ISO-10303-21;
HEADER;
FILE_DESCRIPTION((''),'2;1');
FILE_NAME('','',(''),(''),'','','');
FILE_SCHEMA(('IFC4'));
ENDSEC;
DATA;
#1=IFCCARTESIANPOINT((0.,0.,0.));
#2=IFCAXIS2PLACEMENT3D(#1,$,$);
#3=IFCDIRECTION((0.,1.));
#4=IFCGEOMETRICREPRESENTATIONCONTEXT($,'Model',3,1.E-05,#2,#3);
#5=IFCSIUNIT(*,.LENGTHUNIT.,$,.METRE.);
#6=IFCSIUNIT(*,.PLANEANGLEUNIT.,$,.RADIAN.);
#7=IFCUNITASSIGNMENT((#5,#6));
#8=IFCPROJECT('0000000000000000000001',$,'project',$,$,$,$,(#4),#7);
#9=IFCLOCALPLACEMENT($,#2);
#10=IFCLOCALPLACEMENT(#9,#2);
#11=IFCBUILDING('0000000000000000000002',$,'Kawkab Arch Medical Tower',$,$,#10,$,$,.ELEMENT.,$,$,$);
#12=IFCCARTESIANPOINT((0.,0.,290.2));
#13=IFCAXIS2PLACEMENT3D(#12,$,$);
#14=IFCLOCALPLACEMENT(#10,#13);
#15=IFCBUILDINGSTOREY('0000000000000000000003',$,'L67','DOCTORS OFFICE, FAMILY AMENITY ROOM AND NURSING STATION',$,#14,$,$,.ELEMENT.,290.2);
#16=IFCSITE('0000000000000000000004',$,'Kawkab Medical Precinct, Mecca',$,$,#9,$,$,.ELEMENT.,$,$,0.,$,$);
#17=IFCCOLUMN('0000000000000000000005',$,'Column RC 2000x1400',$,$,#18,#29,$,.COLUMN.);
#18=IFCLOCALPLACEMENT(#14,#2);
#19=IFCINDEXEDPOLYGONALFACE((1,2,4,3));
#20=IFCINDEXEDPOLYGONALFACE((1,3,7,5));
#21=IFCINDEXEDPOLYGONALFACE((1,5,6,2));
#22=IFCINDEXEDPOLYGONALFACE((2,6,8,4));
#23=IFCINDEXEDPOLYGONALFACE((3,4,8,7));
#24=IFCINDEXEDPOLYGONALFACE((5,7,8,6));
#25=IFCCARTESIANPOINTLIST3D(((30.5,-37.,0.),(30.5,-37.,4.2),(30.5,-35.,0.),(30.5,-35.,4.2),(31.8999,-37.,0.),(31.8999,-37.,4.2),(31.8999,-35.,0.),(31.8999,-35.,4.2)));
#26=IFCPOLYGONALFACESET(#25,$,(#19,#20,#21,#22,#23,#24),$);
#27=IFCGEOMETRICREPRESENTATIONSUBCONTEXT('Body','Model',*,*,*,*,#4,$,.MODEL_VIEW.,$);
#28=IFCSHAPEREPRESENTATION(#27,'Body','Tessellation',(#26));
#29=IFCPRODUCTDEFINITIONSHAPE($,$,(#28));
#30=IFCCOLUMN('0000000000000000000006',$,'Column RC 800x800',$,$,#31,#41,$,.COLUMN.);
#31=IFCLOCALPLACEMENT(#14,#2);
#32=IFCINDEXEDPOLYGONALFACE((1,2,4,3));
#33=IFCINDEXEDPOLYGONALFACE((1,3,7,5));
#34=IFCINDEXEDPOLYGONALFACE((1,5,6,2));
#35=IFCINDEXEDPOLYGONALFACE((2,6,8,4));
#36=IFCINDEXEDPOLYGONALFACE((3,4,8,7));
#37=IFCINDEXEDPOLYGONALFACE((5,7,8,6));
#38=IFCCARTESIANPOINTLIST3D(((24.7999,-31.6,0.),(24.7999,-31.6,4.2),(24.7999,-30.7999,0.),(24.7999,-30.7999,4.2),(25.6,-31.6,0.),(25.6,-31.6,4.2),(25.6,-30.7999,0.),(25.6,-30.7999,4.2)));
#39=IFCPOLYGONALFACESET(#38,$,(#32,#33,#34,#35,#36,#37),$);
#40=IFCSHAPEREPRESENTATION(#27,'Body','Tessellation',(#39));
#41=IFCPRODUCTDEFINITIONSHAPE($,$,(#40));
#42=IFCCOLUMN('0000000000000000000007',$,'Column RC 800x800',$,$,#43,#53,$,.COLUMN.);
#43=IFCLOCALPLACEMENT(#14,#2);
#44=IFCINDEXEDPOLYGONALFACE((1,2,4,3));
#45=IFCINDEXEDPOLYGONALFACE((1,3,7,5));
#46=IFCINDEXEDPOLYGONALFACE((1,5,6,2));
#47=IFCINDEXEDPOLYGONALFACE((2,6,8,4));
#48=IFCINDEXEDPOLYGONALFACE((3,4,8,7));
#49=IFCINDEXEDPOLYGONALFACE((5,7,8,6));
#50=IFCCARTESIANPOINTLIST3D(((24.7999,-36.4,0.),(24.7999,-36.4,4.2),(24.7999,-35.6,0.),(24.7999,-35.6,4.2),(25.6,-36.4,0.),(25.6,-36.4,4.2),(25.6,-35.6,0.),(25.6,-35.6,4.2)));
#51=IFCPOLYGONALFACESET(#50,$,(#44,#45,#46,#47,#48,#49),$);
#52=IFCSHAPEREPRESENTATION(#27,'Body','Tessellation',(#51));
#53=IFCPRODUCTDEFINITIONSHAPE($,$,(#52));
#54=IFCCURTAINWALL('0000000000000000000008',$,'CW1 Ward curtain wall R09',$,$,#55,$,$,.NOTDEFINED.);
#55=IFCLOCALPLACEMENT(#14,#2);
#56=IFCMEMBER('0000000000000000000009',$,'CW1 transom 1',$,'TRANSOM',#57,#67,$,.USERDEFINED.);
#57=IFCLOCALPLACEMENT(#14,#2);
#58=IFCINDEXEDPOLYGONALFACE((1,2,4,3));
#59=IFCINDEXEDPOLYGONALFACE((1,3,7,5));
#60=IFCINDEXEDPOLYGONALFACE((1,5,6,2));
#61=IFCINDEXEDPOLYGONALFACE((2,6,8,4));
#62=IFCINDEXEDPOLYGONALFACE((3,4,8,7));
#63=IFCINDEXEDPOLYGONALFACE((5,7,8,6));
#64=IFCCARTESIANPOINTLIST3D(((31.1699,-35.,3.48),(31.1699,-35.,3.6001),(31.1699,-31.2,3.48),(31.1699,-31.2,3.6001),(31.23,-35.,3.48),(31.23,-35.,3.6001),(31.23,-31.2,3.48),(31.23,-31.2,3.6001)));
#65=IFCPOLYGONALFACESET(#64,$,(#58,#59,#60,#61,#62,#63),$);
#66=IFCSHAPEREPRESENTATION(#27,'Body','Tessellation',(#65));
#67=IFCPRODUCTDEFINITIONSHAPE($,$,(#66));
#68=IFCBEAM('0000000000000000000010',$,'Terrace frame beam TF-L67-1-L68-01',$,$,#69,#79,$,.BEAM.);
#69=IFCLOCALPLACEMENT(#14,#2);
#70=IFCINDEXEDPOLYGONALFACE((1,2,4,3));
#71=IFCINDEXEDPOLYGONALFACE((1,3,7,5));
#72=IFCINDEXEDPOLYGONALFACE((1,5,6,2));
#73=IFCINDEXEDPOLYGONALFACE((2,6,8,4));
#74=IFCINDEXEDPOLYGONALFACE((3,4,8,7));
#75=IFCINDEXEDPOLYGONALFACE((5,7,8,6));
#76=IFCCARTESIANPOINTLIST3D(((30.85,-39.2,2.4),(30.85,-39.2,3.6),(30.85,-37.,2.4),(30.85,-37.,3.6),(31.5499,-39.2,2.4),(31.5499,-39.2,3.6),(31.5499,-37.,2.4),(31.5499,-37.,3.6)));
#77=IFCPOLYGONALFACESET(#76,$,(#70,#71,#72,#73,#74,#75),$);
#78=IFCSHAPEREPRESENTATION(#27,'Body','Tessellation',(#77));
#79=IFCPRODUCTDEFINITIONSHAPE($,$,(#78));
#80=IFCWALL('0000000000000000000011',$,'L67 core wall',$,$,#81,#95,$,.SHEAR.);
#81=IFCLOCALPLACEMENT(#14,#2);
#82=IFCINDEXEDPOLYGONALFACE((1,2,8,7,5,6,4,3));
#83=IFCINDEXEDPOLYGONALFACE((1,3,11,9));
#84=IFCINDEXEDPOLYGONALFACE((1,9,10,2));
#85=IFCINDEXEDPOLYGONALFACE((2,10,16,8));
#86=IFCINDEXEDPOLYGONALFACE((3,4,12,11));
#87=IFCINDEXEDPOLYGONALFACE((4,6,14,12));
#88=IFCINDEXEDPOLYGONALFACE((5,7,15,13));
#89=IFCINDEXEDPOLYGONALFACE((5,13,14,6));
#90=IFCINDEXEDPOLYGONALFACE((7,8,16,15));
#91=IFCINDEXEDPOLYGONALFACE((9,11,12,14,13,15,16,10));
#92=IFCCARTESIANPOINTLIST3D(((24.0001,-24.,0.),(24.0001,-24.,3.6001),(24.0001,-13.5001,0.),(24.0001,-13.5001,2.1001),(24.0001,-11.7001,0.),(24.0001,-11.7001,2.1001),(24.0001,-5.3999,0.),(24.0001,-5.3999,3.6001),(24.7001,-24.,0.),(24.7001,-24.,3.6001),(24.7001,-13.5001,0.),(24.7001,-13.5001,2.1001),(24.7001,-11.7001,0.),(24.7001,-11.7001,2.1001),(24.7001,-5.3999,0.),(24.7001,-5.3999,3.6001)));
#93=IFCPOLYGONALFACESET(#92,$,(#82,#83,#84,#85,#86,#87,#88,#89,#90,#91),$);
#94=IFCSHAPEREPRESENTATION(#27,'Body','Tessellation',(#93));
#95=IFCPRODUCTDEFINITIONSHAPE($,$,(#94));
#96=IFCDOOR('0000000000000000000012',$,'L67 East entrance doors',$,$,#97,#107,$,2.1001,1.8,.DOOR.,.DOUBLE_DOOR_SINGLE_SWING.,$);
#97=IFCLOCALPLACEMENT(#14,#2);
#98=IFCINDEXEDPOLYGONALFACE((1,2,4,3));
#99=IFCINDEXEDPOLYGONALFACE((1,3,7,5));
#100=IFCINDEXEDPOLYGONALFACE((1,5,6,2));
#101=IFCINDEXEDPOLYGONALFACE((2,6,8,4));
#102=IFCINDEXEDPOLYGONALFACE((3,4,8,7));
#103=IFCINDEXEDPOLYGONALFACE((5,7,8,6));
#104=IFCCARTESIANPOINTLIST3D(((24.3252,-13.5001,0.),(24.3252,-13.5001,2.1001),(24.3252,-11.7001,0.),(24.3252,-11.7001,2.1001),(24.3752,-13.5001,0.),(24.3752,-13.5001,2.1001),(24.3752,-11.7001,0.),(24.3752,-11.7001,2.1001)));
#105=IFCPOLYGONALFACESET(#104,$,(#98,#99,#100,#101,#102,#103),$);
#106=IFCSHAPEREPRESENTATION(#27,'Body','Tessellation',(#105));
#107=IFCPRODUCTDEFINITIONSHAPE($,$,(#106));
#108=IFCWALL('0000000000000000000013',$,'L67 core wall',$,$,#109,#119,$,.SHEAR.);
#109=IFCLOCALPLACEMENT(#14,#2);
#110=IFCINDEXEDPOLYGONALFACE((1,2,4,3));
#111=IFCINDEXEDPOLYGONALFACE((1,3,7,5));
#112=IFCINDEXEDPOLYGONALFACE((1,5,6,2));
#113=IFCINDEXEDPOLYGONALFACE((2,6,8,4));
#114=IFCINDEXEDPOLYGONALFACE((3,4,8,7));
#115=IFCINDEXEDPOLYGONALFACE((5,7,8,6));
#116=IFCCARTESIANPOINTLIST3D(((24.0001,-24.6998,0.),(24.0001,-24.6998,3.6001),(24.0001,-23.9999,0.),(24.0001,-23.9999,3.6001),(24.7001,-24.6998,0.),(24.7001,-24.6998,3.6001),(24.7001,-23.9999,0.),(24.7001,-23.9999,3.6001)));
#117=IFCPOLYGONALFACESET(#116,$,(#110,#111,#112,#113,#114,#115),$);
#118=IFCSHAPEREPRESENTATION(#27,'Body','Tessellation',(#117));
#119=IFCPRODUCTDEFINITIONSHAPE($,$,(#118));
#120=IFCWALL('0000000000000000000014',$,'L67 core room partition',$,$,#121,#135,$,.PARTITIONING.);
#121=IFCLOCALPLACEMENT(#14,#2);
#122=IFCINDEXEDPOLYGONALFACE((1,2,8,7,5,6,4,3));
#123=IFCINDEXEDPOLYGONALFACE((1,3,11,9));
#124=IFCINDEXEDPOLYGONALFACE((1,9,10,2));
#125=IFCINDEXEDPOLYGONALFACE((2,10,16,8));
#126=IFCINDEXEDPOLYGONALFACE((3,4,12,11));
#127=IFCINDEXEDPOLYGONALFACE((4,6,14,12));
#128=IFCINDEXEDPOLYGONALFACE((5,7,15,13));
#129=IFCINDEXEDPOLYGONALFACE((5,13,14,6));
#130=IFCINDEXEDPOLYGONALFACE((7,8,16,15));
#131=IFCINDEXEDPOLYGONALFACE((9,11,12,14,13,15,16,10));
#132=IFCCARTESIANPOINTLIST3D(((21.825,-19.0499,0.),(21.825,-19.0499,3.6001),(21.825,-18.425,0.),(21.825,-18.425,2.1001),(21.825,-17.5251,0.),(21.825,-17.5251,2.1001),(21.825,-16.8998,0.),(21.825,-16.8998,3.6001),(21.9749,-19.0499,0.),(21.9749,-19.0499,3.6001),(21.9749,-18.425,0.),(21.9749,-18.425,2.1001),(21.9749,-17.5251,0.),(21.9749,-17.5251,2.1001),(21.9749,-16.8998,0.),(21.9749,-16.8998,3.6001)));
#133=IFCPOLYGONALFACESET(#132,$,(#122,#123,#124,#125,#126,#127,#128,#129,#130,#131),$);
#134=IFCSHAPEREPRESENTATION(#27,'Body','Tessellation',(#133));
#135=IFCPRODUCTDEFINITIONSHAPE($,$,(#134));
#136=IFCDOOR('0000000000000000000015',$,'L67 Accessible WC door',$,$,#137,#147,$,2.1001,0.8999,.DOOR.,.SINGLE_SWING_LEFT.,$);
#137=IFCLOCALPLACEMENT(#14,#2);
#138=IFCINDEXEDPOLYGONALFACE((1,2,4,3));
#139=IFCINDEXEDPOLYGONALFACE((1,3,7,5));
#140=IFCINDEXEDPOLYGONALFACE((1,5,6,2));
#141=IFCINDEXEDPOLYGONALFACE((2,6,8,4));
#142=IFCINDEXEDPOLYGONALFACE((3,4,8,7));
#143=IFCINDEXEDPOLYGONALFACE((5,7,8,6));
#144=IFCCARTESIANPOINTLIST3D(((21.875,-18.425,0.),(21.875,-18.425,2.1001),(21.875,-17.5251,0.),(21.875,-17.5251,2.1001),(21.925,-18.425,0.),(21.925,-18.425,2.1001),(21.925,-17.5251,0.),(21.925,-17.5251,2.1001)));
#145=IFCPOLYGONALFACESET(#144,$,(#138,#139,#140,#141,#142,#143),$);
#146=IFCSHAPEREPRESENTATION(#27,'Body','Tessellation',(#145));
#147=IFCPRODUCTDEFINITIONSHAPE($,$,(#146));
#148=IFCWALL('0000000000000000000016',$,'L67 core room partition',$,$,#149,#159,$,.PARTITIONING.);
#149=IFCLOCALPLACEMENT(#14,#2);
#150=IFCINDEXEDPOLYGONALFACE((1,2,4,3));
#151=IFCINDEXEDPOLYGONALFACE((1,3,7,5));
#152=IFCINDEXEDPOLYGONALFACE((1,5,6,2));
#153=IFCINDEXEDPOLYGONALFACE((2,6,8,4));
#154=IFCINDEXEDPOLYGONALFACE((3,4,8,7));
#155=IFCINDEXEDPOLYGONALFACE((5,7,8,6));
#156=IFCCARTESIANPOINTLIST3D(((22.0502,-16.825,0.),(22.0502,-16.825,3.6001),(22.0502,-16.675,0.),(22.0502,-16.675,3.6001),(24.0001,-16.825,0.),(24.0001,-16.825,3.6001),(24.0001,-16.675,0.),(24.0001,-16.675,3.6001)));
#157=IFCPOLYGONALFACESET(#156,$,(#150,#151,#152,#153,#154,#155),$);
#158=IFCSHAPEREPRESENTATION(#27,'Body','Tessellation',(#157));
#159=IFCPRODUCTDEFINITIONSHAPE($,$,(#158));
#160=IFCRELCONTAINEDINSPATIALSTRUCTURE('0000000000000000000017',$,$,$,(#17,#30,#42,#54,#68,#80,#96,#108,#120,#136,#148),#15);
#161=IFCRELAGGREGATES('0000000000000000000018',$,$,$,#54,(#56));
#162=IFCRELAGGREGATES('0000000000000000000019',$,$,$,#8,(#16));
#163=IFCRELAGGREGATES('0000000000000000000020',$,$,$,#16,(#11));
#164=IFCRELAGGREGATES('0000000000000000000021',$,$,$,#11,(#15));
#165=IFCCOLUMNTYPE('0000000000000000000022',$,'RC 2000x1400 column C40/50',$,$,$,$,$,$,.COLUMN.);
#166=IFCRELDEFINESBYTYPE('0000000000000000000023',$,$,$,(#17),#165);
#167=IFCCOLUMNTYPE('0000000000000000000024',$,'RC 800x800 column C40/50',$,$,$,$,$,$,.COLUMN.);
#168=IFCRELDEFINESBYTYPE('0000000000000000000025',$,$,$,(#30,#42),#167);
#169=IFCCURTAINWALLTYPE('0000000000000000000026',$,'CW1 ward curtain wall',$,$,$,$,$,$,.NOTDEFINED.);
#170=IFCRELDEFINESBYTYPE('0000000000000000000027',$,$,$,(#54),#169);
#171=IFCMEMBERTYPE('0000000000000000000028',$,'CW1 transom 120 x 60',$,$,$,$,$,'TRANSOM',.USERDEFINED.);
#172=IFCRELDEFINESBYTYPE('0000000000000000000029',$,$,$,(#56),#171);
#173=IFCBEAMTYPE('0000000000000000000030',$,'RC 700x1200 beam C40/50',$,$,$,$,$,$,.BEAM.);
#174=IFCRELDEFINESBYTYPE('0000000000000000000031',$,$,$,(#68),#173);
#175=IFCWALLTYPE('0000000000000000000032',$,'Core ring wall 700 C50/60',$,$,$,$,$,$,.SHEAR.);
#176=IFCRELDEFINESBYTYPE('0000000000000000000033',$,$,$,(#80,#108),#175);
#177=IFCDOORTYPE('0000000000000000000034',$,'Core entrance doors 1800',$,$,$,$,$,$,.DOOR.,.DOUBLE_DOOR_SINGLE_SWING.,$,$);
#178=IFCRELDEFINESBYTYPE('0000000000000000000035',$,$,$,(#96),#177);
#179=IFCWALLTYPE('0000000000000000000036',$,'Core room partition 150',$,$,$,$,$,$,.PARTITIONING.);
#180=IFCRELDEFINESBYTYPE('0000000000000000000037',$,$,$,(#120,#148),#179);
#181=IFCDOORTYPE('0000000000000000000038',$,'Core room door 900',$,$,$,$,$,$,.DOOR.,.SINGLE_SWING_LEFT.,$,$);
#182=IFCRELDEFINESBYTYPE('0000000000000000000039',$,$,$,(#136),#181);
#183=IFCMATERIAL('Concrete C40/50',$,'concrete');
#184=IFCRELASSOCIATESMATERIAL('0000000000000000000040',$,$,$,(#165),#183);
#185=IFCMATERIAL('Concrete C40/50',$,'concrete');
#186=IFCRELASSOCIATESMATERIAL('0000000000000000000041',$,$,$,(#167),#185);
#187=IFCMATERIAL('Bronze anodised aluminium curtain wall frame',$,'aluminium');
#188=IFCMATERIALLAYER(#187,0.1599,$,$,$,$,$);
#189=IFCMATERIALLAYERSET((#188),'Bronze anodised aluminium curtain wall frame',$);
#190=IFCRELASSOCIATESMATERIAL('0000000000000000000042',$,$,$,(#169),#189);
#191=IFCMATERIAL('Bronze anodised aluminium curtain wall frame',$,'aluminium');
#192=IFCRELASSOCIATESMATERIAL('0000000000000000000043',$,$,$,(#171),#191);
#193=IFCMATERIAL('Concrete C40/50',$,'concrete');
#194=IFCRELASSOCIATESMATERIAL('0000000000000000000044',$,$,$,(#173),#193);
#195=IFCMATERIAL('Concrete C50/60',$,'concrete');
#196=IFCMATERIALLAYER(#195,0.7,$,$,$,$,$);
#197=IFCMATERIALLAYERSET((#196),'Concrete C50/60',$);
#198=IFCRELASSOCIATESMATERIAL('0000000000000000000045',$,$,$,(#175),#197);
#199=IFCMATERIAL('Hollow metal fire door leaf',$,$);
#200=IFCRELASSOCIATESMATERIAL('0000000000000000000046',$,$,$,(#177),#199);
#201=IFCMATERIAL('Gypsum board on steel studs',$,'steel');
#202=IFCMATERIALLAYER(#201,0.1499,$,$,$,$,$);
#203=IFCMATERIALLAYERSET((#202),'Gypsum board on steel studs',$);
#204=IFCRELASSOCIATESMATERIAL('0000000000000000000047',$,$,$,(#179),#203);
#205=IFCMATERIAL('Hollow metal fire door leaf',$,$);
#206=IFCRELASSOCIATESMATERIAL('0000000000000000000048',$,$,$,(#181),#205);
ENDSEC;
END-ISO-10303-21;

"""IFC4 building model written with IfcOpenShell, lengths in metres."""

from ifc_helpers import new_model, si_unit, direction, frame, frame_2d, origin, origin_2d, place, context, subcontext, project, spatial, rectangle, extrude, material, layer, layer_set, material_profile, profile_set, type_object, element, fill, aggregate, save


model = new_model("IFC4")

# Units and contexts
model_context = context("Model", 3, precision=1e-05, world=origin(), true_north=direction((0.0, 1.0)))
body_context = subcontext(model_context, "Body", "Model", "MODEL_VIEW")
ifc_project = project(units=[si_unit("LENGTHUNIT", "METRE"), si_unit("PLANEANGLEUNIT", "RADIAN")], contexts=[model_context])

# Site, building, storey
site_placement = place(None, origin())
site = spatial("IfcSite", under=ifc_project, at=site_placement, Name="Kawkab Medical Precinct, Mecca", CompositionType="ELEMENT", RefElevation=0.0)
building_placement = place(site_placement, origin())
building = spatial("IfcBuilding", under=site, at=building_placement, Name="Kawkab Arch Medical Tower", CompositionType="ELEMENT")
storey_placement = place(building_placement, frame((0.0, 0.0, 290.2)))
storey = spatial("IfcBuildingStorey", under=building, at=storey_placement, Name="L67", Description="DOCTORS OFFICE, FAMILY AMENITY ROOM AND NURSING STATION", CompositionType="ELEMENT", Elevation=290.2)

# Columns
ifc_material_1 = material(Name="Concrete C40/50", Category="concrete")
ifc_material_profile_1 = material_profile(ifc_material_1, rectangle(XDim=2.0, YDim=1.3999, at=origin_2d()), Name="RC 2000x1400")
ifc_profile_set_1 = profile_set([ifc_material_profile_1], Name="Concrete C40/50")
column_type_1 = type_object("IfcColumnType", Name="RC 2000x1400 column C40/50", PredefinedType="COLUMN", material=ifc_profile_set_1)
column_placement = place(storey_placement, frame((31.2, -36.0, 0.0), z_axis=(0.0, 0.0, 1.0), x_axis=(0.0, -1.0, 0.0)))
element("IfcColumn", 1, at=column_placement, inside=storey, type_object=column_type_1, Name="Column RC 2000x1400", PredefinedType="COLUMN", context=body_context, shape_type="SweptSolid", body=[
    extrude(rectangle(XDim=2.0, YDim=1.3999, at=origin_2d()), origin(), (0.0, 0.0, 1.0), 4.2),
])
ifc_material_2 = material(Name="Concrete C40/50", Category="concrete")
ifc_material_profile_2 = material_profile(ifc_material_2, rectangle(XDim=0.8, YDim=0.8, at=origin_2d()), Name="RC 800x800")
ifc_profile_set_2 = profile_set([ifc_material_profile_2], Name="Concrete C40/50")
column_type_2 = type_object("IfcColumnType", Name="RC 800x800 column C40/50", PredefinedType="COLUMN", material=ifc_profile_set_2)
for number, where, z_axis, x_axis, name in (
    (2, (25.2, -31.2, 0.0), (0.0, 0.0, 1.0), (1.0, 0.0, 0.0), "Column RC 800x800"),
    (3, (25.2, -36.0, 0.0), (0.0, 0.0, 1.0), (1.0, 0.0, 0.0), "Column RC 800x800"),
):
    element("IfcColumn", number, at=place(storey_placement, frame(where, z_axis=z_axis, x_axis=x_axis)), inside=storey, type_object=column_type_2, Name=name, PredefinedType="COLUMN", context=body_context, shape_type="SweptSolid", body=[
        extrude(rectangle(XDim=0.8, YDim=0.8, at=origin_2d()), origin(), (0.0, 0.0, 1.0), 4.2),
    ])

# Curtain wall, member
ifc_material_3 = material(Name="Bronze anodised aluminium curtain wall frame", Category="aluminium")
ifc_layer_1 = layer(ifc_material_3, 0.1599)
ifc_layer_set_1 = layer_set([ifc_layer_1], Name="Bronze anodised aluminium curtain wall frame")
curtain_wall_type = type_object("IfcCurtainWallType", Name="CW1 ward curtain wall", PredefinedType="NOTDEFINED", material=ifc_layer_set_1)
curtain_wall_placement = place(storey_placement, origin())
curtain_wall = element("IfcCurtainWall", 4, at=curtain_wall_placement, inside=storey, type_object=curtain_wall_type, Name="CW1 Ward curtain wall R09", PredefinedType="NOTDEFINED")
ifc_material_4 = material(Name="Bronze anodised aluminium curtain wall frame", Category="aluminium")
ifc_material_profile_3 = material_profile(ifc_material_4, rectangle(XDim=0.0601, YDim=0.1201, at=origin_2d()), Name="AL 60x120")
ifc_profile_set_3 = profile_set([ifc_material_profile_3], Name="Bronze anodised aluminium curtain wall frame")
member_type = type_object("IfcMemberType", Name="CW1 transom 120 x 60", ElementType="TRANSOM", PredefinedType="USERDEFINED", material=ifc_profile_set_3)
member_placement = place(storey_placement, frame((31.2, -35.0, 3.54), z_axis=(0.0, 1.0, 0.0), x_axis=(-1.0, 0.0, 0.0)))
member = element("IfcMember", 5, at=member_placement, type_object=member_type, Name="CW1 transom 1", ObjectType="TRANSOM", PredefinedType="USERDEFINED", context=body_context, shape_type="SweptSolid", body=[
    extrude(rectangle(XDim=0.0601, YDim=0.1201, at=origin_2d()), origin(), (0.0, 0.0, 1.0), 3.8),
])
aggregate(curtain_wall, [member])

# Beam
ifc_material_5 = material(Name="Concrete C40/50", Category="concrete")
ifc_material_profile_4 = material_profile(ifc_material_5, rectangle(XDim=0.7, YDim=1.2, at=origin_2d()), Name="RC 700x1200")
ifc_profile_set_4 = profile_set([ifc_material_profile_4], Name="Concrete C40/50")
beam_type = type_object("IfcBeamType", Name="RC 700x1200 beam C40/50", PredefinedType="BEAM", material=ifc_profile_set_4)
beam_placement = place(storey_placement, frame((31.2, -37.0, 3.0), z_axis=(0.0, -1.0, 0.0), x_axis=(1.0, 0.0, 0.0)))
element("IfcBeam", 6, at=beam_placement, inside=storey, type_object=beam_type, Name="Terrace frame beam TF-L67-1-L68-01", PredefinedType="BEAM", context=body_context, shape_type="SweptSolid", body=[
    extrude(rectangle(XDim=0.7, YDim=1.2, at=origin_2d()), origin(), (0.0, 0.0, 1.0), 2.2),
])

# Wall, opening, door
ifc_material_6 = material(Name="Concrete C50/60", Category="concrete")
ifc_layer_2 = layer(ifc_material_6, 0.7)
ifc_layer_set_2 = layer_set([ifc_layer_2], Name="Concrete C50/60")
wall_type_1 = type_object("IfcWallType", Name="Core ring wall 700 C50/60", PredefinedType="SHEAR", material=ifc_layer_set_2)
wall_1_placement = place(storey_placement, frame((24.3501, -24.0, 0.0), z_axis=(0.0, 0.0, 1.0), x_axis=(0.0, 1.0, 0.0)))
wall_1 = element("IfcWall", 7, at=wall_1_placement, inside=storey, type_object=wall_type_1, Name="L67 core wall", PredefinedType="SHEAR", context=body_context, shape_type="SweptSolid", body=[
    extrude(rectangle(XDim=18.6001, YDim=0.7, at=frame_2d((9.3, 0.0))), origin(), (0.0, 0.0, 1.0), 3.6001),
])
opening_1_placement = place(wall_1_placement, frame((10.5, 0.0, 0.0)))
opening_1 = element("IfcOpeningElement", 8, at=opening_1_placement, cuts=wall_1, PredefinedType="OPENING", context=body_context, shape_type="SweptSolid", body=[
    extrude(rectangle(XDim=1.8, YDim=2.1001, at=frame_2d((0.8999, 1.05))), frame((0.0, 0.3599, 0.0), z_axis=(0.0, -1.0, 0.0), x_axis=(1.0, 0.0, 0.0)), (0.0, 0.0, 1.0), 0.72),
])
ifc_material_7 = material(Name="Hollow metal fire door leaf")
door_type_1 = type_object("IfcDoorType", Name="Core entrance doors 1800", OperationType="DOUBLE_DOOR_SINGLE_SWING", PredefinedType="DOOR", material=ifc_material_7)
door_1_placement = place(opening_1_placement, origin())
door_1 = element("IfcDoor", 9, at=door_1_placement, inside=storey, type_object=door_type_1, Name="L67 East entrance doors", OperationType="DOUBLE_DOOR_SINGLE_SWING", OverallHeight=2.1001, OverallWidth=1.8, PredefinedType="DOOR", context=body_context, shape_type="SweptSolid", body=[
    extrude(rectangle(XDim=1.8, YDim=2.1001, at=frame_2d((0.8999, 1.05))), frame((0.0, 0.0249, 0.0), z_axis=(0.0, -1.0, 0.0), x_axis=(1.0, 0.0, 0.0)), (0.0, 0.0, 1.0), 0.05),
])
fill(opening_1, door_1)

# Wall
wall_2_placement = place(storey_placement, frame((24.3501, -24.7, 0.0), z_axis=(0.0, 0.0, 1.0), x_axis=(0.0, 1.0, 0.0)))
element("IfcWall", 10, at=wall_2_placement, inside=storey, type_object=wall_type_1, Name="L67 core wall", PredefinedType="SHEAR", context=body_context, shape_type="SweptSolid", body=[
    extrude(rectangle(XDim=0.7, YDim=0.7, at=frame_2d((0.3501, 0.0))), origin(), (0.0, 0.0, 1.0), 3.6001),
])

# Wall, opening, door
ifc_material_8 = material(Name="Gypsum board on steel studs", Category="steel")
ifc_layer_3 = layer(ifc_material_8, 0.1499)
ifc_layer_set_3 = layer_set([ifc_layer_3], Name="Gypsum board on steel studs")
wall_type_2 = type_object("IfcWallType", Name="Core room partition 150", PredefinedType="PARTITIONING", material=ifc_layer_set_3)
wall_3_placement = place(storey_placement, frame((21.8999, -19.05, 0.0), z_axis=(0.0, 0.0, 1.0), x_axis=(0.0, 1.0, 0.0)))
wall_3 = element("IfcWall", 11, at=wall_3_placement, inside=storey, type_object=wall_type_2, Name="L67 core room partition", PredefinedType="PARTITIONING", context=body_context, shape_type="SweptSolid", body=[
    extrude(rectangle(XDim=2.1501, YDim=0.1499, at=frame_2d((1.0752, 0.0))), origin(), (0.0, 0.0, 1.0), 3.6001),
])
opening_2_placement = place(wall_3_placement, frame((0.625, 0.0, 0.0)))
opening_2 = element("IfcOpeningElement", 12, at=opening_2_placement, cuts=wall_3, PredefinedType="OPENING", context=body_context, shape_type="SweptSolid", body=[
    extrude(rectangle(XDim=0.8999, YDim=2.1001, at=frame_2d((0.45, 1.05))), frame((0.0, 0.085, 0.0), z_axis=(0.0, -1.0, 0.0), x_axis=(1.0, 0.0, 0.0)), (0.0, 0.0, 1.0), 0.1699),
])
ifc_material_9 = material(Name="Hollow metal fire door leaf")
door_type_2 = type_object("IfcDoorType", Name="Core room door 900", OperationType="SINGLE_SWING_LEFT", PredefinedType="DOOR", material=ifc_material_9)
door_2_placement = place(opening_2_placement, origin())
door_2 = element("IfcDoor", 13, at=door_2_placement, inside=storey, type_object=door_type_2, Name="L67 Accessible WC door", OperationType="SINGLE_SWING_LEFT", OverallHeight=2.1001, OverallWidth=0.8999, PredefinedType="DOOR", context=body_context, shape_type="SweptSolid", body=[
    extrude(rectangle(XDim=0.8999, YDim=2.1001, at=frame_2d((0.45, 1.05))), frame((0.0, 0.0249, 0.0), z_axis=(0.0, -1.0, 0.0), x_axis=(1.0, 0.0, 0.0)), (0.0, 0.0, 1.0), 0.05),
])
fill(opening_2, door_2)

# Wall
wall_4_placement = place(storey_placement, frame((22.05, -16.75, 0.0), z_axis=(0.0, 0.0, 1.0), x_axis=(1.0, 0.0, 0.0)))
element("IfcWall", 14, at=wall_4_placement, inside=storey, type_object=wall_type_2, Name="L67 core room partition", PredefinedType="PARTITIONING", context=body_context, shape_type="SweptSolid", body=[
    extrude(rectangle(XDim=1.95, YDim=0.1499, at=frame_2d((0.9751, 0.0))), origin(), (0.0, 0.0, 1.0), 3.6001),
])

save(model, "model.ifc")
